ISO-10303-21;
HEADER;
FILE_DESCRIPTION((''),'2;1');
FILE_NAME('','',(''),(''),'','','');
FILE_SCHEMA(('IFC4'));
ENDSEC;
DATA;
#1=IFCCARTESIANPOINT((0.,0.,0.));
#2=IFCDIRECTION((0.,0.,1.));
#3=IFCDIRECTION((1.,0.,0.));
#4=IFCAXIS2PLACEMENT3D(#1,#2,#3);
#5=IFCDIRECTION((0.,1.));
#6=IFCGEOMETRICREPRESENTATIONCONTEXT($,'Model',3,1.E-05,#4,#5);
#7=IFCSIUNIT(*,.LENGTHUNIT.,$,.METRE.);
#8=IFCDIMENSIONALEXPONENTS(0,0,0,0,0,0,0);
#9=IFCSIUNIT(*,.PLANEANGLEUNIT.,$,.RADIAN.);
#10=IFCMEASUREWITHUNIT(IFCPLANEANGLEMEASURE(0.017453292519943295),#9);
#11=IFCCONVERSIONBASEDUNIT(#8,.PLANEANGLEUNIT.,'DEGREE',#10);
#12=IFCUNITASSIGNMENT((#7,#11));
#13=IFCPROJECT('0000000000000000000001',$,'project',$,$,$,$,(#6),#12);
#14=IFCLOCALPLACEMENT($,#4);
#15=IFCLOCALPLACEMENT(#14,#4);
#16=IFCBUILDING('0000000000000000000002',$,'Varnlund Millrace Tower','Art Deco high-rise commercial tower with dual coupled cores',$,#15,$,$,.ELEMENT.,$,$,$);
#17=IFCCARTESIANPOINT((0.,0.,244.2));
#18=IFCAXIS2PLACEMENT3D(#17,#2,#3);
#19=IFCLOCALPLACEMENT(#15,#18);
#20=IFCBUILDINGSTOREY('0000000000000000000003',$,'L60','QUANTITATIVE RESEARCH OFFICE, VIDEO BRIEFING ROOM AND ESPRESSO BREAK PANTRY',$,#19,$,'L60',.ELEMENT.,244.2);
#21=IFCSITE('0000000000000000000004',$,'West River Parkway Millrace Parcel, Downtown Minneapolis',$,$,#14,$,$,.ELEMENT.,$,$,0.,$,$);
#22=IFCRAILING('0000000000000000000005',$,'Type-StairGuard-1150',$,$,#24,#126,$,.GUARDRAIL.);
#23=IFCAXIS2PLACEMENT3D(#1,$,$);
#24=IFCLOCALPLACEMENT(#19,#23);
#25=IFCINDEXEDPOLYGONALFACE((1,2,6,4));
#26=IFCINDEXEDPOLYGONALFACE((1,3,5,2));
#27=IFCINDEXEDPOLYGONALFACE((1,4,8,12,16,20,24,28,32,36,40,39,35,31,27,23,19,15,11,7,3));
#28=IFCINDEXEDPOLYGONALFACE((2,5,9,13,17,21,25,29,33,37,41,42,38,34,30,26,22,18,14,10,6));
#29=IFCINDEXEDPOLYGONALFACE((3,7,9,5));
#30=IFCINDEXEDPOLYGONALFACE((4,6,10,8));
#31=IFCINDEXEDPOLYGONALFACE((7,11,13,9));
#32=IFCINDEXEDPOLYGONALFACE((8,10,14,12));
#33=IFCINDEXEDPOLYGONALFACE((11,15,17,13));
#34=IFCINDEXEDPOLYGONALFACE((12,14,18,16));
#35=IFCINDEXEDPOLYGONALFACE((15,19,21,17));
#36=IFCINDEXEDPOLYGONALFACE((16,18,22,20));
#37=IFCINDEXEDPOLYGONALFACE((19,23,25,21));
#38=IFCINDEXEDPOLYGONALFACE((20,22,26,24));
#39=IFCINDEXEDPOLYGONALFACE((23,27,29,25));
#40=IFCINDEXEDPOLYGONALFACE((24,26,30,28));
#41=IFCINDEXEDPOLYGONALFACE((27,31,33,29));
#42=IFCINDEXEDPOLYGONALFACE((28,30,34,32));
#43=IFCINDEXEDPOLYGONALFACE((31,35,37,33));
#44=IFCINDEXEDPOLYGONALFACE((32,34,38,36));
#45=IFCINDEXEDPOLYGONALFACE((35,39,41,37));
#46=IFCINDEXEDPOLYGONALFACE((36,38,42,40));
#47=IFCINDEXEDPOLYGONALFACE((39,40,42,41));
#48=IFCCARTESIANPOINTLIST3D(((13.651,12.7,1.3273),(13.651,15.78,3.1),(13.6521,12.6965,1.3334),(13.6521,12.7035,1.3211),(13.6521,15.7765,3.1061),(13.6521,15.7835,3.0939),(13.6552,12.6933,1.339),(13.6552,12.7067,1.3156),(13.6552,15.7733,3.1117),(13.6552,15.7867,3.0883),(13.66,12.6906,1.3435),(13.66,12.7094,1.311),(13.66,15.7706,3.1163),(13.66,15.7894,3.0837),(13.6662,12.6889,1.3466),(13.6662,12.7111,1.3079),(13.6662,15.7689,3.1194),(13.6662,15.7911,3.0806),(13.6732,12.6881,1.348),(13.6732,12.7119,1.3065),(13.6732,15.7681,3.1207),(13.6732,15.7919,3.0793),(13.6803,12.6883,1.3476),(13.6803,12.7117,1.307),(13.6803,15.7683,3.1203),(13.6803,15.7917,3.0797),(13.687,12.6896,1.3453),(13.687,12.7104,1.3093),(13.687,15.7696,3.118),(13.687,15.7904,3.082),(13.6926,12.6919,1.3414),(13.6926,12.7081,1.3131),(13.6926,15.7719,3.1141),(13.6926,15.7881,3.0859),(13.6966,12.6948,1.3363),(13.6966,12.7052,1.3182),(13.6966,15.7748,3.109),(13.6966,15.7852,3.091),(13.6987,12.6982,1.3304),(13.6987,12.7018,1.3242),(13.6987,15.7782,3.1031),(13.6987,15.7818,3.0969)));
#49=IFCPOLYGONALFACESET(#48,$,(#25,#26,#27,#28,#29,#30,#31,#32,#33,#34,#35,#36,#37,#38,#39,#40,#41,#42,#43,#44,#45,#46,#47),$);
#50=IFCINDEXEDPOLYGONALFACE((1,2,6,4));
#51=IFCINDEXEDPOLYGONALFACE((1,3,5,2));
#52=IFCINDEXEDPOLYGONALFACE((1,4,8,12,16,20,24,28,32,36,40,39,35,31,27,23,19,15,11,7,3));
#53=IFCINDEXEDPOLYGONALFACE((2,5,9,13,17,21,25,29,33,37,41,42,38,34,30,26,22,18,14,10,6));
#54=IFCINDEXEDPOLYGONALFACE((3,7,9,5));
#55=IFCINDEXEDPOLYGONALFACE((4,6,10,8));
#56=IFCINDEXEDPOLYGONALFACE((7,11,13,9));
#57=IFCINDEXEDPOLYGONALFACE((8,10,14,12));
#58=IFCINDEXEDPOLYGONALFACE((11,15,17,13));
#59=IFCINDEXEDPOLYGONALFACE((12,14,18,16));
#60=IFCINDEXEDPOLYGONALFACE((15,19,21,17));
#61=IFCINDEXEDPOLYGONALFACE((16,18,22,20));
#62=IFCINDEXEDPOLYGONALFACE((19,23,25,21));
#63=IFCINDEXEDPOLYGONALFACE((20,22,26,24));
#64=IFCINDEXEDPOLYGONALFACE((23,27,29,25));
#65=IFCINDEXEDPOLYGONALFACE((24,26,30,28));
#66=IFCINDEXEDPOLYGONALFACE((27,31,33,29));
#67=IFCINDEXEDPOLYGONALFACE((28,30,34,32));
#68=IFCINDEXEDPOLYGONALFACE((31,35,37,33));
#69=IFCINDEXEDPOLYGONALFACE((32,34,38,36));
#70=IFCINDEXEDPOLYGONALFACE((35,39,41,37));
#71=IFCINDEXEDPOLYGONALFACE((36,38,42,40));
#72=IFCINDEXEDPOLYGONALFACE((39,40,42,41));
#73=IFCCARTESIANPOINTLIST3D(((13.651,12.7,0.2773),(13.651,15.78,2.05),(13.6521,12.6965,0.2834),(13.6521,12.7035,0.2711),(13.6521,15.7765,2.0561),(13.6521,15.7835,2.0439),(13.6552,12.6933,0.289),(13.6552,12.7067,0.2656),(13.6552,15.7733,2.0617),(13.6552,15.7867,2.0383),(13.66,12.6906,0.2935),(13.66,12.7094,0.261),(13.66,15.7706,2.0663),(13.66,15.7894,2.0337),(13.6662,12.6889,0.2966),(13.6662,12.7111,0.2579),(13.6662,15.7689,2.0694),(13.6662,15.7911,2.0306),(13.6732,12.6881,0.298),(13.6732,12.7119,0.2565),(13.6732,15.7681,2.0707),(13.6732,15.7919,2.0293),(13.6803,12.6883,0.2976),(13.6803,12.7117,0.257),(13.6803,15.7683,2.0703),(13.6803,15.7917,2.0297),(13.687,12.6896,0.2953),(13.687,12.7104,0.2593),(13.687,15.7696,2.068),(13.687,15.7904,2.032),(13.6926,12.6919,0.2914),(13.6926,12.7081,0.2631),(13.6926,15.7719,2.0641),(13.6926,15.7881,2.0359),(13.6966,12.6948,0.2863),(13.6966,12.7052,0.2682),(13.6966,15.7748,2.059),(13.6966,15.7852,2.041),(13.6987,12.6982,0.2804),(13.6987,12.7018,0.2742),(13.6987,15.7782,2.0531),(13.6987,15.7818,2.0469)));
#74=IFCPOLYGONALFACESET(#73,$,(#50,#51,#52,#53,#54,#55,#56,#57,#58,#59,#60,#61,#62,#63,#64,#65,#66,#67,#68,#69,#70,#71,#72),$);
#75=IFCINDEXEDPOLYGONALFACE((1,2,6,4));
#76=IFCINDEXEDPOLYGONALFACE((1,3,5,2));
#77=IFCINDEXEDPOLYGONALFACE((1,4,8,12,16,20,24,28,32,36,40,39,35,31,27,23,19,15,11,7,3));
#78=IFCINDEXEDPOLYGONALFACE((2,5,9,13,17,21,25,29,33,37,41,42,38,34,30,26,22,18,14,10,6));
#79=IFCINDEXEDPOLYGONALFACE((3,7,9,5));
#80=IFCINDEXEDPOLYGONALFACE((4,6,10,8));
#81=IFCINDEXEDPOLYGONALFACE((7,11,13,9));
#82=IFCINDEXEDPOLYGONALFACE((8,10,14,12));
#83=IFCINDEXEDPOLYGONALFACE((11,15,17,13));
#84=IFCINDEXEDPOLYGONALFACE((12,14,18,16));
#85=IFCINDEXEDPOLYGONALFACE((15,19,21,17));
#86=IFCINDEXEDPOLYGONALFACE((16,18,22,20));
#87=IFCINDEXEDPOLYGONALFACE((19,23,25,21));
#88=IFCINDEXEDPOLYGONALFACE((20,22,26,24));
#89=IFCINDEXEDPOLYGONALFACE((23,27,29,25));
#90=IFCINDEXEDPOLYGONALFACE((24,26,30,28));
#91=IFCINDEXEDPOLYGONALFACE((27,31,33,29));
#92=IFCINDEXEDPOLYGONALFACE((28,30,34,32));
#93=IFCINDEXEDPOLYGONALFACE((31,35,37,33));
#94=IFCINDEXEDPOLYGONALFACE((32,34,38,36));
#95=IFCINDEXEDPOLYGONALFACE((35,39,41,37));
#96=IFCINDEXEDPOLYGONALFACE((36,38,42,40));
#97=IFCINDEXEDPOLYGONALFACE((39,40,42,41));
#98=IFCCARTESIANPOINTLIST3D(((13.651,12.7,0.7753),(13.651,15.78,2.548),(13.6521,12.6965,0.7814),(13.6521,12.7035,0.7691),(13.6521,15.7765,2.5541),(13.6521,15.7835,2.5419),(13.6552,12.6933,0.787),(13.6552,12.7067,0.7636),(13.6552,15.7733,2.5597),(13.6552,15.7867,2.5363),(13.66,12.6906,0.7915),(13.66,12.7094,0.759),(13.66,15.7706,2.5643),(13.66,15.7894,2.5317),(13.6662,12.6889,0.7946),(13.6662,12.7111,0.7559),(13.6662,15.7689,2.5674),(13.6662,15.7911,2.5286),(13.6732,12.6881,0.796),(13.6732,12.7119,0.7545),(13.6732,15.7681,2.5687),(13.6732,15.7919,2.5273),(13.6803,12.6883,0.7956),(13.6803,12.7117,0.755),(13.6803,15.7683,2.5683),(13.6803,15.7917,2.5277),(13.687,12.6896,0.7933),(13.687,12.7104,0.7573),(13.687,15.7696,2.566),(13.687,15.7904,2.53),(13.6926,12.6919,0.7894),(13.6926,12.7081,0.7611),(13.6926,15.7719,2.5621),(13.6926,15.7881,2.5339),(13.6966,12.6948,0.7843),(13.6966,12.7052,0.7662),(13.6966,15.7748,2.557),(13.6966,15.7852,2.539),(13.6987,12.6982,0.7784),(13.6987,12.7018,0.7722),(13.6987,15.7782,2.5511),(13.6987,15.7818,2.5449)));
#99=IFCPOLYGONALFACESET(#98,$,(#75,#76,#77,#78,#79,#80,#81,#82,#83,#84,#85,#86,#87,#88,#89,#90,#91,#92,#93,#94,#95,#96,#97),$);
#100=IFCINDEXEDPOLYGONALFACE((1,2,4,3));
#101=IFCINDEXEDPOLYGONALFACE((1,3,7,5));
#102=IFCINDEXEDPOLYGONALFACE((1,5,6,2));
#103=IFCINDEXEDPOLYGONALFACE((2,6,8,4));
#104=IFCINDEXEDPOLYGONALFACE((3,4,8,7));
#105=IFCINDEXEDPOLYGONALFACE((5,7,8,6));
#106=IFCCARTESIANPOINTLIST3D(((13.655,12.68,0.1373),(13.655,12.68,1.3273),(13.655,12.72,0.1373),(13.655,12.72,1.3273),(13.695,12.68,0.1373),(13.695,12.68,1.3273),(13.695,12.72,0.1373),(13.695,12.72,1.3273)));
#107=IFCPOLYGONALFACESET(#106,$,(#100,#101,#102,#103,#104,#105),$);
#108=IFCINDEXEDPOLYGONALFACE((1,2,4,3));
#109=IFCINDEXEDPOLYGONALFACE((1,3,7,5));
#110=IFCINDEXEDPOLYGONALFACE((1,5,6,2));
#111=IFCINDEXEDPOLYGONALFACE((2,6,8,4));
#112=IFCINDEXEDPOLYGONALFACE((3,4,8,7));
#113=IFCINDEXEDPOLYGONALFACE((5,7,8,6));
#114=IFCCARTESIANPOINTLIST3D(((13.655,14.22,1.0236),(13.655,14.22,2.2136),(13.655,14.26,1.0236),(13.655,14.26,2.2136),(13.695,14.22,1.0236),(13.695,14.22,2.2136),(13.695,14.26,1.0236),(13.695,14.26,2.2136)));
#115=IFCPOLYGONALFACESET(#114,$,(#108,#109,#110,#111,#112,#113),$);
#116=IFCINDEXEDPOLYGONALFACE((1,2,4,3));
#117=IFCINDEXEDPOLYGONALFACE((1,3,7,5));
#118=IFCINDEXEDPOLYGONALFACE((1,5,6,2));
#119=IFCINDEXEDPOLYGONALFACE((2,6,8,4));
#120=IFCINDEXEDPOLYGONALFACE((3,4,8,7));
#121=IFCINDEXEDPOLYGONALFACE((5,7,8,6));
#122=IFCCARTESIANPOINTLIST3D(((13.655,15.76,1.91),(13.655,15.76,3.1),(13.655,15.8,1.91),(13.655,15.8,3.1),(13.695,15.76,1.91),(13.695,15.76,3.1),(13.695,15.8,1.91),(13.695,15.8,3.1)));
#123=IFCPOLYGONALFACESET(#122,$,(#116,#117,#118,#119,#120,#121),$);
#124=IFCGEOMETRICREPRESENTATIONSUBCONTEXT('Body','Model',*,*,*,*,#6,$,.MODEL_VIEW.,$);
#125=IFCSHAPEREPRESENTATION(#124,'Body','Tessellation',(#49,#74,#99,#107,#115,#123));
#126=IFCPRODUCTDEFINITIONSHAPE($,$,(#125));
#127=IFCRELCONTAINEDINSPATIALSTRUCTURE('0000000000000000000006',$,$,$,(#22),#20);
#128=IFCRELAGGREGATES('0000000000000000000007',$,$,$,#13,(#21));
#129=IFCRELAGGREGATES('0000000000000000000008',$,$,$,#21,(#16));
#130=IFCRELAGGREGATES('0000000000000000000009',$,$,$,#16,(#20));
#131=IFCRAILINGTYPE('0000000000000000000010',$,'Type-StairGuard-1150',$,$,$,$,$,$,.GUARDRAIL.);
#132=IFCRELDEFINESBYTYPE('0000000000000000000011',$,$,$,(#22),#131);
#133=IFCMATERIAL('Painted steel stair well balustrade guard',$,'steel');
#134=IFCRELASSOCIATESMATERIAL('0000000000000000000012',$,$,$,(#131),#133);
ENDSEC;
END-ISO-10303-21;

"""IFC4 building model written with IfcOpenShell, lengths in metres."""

from ifc_helpers import new_model, entity, si_unit, converted_unit, direction, frame, origin_with_axes, origin_2d_with_axis, place, context, subcontext, project, spatial, rectangle, circle, extrude, material, type_object, element, save


model = new_model("IFC4")

# Units and contexts
model_context = context("Model", 3, precision=1e-05, world=origin_with_axes(), true_north=direction((0.0, 1.0)))
body_context = subcontext(model_context, "Body", "Model", "MODEL_VIEW")
ifc_project = project(units=[si_unit("LENGTHUNIT", "METRE"), converted_unit("PLANEANGLEUNIT", "DEGREE", entity("IfcPlaneAngleMeasure", 0.017453292519943295), si_unit("PLANEANGLEUNIT", "RADIAN"), dimensions=[0, 0, 0, 0, 0, 0, 0])], contexts=[model_context])

# Site, building, storey
site_placement = place(None, origin_with_axes())
site = spatial("IfcSite", under=ifc_project, at=site_placement, Name="West River Parkway Millrace Parcel, Downtown Minneapolis", CompositionType="ELEMENT", RefElevation=0.0)
building_placement = place(site_placement, origin_with_axes())
building = spatial("IfcBuilding", under=site, at=building_placement, Name="Varnlund Millrace Tower", Description="Art Deco high-rise commercial tower with dual coupled cores", CompositionType="ELEMENT")
storey_placement = place(building_placement, frame((0.0, 0.0, 244.2), z_axis=(0.0, 0.0, 1.0), x_axis=(1.0, 0.0, 0.0)))
storey = spatial("IfcBuildingStorey", under=building, at=storey_placement, Name="L60", Description="QUANTITATIVE RESEARCH OFFICE, VIDEO BRIEFING ROOM AND ESPRESSO BREAK PANTRY", LongName="L60", CompositionType="ELEMENT", Elevation=244.2)

# Railing
ifc_material_1 = material(Name="Painted steel stair well balustrade guard", Category="steel")
railing_type_1 = type_object("IfcRailingType", Name="Type-StairGuard-1150", PredefinedType="GUARDRAIL", material=ifc_material_1)
railing_1_placement = place(storey_placement, frame((0.0, 0.0, -244.2), z_axis=(0.0, 0.0, 1.0), x_axis=(1.0, 0.0, 0.0)))
element("IfcRailing", 1, at=railing_1_placement, inside=storey, type_object=railing_type_1, Name="Type-StairGuard-1150", PredefinedType="GUARDRAIL", context=body_context, shape_type="SweptSolid", body=[
    extrude(circle(Radius=0.024, at=origin_2d_with_axis()), frame((13.675, 12.7, 245.5273), z_axis=(0.0, 0.866696, 0.498836), x_axis=(-1.0, 0.0, 0.0)), (0.0, 0.0, 1.0), 3.5537),
    extrude(circle(Radius=0.024, at=origin_2d_with_axis()), frame((13.675, 12.7, 244.4773), z_axis=(0.0, 0.866696, 0.498836), x_axis=(-1.0, 0.0, 0.0)), (0.0, 0.0, 1.0), 3.5537),
    extrude(circle(Radius=0.024, at=origin_2d_with_axis()), frame((13.675, 12.7, 244.9753), z_axis=(0.0, 0.866696, 0.498836), x_axis=(-1.0, 0.0, 0.0)), (0.0, 0.0, 1.0), 3.5537),
    extrude(rectangle(XDim=0.04, YDim=0.04, at=origin_2d_with_axis()), frame((13.675, 12.7, 244.3373), z_axis=(0.0, 0.0, 1.0), x_axis=(1.0, 0.0, 0.0)), (0.0, 0.0, 1.0), 1.19),
    extrude(rectangle(XDim=0.04, YDim=0.04, at=origin_2d_with_axis()), frame((13.675, 14.24, 245.2236), z_axis=(0.0, 0.0, 1.0), x_axis=(1.0, 0.0, 0.0)), (0.0, 0.0, 1.0), 1.19),
    extrude(rectangle(XDim=0.04, YDim=0.04, at=origin_2d_with_axis()), frame((13.675, 15.78, 246.11), z_axis=(0.0, 0.0, 1.0), x_axis=(1.0, 0.0, 0.0)), (0.0, 0.0, 1.0), 1.19),
])

save(model, "model.ifc")
